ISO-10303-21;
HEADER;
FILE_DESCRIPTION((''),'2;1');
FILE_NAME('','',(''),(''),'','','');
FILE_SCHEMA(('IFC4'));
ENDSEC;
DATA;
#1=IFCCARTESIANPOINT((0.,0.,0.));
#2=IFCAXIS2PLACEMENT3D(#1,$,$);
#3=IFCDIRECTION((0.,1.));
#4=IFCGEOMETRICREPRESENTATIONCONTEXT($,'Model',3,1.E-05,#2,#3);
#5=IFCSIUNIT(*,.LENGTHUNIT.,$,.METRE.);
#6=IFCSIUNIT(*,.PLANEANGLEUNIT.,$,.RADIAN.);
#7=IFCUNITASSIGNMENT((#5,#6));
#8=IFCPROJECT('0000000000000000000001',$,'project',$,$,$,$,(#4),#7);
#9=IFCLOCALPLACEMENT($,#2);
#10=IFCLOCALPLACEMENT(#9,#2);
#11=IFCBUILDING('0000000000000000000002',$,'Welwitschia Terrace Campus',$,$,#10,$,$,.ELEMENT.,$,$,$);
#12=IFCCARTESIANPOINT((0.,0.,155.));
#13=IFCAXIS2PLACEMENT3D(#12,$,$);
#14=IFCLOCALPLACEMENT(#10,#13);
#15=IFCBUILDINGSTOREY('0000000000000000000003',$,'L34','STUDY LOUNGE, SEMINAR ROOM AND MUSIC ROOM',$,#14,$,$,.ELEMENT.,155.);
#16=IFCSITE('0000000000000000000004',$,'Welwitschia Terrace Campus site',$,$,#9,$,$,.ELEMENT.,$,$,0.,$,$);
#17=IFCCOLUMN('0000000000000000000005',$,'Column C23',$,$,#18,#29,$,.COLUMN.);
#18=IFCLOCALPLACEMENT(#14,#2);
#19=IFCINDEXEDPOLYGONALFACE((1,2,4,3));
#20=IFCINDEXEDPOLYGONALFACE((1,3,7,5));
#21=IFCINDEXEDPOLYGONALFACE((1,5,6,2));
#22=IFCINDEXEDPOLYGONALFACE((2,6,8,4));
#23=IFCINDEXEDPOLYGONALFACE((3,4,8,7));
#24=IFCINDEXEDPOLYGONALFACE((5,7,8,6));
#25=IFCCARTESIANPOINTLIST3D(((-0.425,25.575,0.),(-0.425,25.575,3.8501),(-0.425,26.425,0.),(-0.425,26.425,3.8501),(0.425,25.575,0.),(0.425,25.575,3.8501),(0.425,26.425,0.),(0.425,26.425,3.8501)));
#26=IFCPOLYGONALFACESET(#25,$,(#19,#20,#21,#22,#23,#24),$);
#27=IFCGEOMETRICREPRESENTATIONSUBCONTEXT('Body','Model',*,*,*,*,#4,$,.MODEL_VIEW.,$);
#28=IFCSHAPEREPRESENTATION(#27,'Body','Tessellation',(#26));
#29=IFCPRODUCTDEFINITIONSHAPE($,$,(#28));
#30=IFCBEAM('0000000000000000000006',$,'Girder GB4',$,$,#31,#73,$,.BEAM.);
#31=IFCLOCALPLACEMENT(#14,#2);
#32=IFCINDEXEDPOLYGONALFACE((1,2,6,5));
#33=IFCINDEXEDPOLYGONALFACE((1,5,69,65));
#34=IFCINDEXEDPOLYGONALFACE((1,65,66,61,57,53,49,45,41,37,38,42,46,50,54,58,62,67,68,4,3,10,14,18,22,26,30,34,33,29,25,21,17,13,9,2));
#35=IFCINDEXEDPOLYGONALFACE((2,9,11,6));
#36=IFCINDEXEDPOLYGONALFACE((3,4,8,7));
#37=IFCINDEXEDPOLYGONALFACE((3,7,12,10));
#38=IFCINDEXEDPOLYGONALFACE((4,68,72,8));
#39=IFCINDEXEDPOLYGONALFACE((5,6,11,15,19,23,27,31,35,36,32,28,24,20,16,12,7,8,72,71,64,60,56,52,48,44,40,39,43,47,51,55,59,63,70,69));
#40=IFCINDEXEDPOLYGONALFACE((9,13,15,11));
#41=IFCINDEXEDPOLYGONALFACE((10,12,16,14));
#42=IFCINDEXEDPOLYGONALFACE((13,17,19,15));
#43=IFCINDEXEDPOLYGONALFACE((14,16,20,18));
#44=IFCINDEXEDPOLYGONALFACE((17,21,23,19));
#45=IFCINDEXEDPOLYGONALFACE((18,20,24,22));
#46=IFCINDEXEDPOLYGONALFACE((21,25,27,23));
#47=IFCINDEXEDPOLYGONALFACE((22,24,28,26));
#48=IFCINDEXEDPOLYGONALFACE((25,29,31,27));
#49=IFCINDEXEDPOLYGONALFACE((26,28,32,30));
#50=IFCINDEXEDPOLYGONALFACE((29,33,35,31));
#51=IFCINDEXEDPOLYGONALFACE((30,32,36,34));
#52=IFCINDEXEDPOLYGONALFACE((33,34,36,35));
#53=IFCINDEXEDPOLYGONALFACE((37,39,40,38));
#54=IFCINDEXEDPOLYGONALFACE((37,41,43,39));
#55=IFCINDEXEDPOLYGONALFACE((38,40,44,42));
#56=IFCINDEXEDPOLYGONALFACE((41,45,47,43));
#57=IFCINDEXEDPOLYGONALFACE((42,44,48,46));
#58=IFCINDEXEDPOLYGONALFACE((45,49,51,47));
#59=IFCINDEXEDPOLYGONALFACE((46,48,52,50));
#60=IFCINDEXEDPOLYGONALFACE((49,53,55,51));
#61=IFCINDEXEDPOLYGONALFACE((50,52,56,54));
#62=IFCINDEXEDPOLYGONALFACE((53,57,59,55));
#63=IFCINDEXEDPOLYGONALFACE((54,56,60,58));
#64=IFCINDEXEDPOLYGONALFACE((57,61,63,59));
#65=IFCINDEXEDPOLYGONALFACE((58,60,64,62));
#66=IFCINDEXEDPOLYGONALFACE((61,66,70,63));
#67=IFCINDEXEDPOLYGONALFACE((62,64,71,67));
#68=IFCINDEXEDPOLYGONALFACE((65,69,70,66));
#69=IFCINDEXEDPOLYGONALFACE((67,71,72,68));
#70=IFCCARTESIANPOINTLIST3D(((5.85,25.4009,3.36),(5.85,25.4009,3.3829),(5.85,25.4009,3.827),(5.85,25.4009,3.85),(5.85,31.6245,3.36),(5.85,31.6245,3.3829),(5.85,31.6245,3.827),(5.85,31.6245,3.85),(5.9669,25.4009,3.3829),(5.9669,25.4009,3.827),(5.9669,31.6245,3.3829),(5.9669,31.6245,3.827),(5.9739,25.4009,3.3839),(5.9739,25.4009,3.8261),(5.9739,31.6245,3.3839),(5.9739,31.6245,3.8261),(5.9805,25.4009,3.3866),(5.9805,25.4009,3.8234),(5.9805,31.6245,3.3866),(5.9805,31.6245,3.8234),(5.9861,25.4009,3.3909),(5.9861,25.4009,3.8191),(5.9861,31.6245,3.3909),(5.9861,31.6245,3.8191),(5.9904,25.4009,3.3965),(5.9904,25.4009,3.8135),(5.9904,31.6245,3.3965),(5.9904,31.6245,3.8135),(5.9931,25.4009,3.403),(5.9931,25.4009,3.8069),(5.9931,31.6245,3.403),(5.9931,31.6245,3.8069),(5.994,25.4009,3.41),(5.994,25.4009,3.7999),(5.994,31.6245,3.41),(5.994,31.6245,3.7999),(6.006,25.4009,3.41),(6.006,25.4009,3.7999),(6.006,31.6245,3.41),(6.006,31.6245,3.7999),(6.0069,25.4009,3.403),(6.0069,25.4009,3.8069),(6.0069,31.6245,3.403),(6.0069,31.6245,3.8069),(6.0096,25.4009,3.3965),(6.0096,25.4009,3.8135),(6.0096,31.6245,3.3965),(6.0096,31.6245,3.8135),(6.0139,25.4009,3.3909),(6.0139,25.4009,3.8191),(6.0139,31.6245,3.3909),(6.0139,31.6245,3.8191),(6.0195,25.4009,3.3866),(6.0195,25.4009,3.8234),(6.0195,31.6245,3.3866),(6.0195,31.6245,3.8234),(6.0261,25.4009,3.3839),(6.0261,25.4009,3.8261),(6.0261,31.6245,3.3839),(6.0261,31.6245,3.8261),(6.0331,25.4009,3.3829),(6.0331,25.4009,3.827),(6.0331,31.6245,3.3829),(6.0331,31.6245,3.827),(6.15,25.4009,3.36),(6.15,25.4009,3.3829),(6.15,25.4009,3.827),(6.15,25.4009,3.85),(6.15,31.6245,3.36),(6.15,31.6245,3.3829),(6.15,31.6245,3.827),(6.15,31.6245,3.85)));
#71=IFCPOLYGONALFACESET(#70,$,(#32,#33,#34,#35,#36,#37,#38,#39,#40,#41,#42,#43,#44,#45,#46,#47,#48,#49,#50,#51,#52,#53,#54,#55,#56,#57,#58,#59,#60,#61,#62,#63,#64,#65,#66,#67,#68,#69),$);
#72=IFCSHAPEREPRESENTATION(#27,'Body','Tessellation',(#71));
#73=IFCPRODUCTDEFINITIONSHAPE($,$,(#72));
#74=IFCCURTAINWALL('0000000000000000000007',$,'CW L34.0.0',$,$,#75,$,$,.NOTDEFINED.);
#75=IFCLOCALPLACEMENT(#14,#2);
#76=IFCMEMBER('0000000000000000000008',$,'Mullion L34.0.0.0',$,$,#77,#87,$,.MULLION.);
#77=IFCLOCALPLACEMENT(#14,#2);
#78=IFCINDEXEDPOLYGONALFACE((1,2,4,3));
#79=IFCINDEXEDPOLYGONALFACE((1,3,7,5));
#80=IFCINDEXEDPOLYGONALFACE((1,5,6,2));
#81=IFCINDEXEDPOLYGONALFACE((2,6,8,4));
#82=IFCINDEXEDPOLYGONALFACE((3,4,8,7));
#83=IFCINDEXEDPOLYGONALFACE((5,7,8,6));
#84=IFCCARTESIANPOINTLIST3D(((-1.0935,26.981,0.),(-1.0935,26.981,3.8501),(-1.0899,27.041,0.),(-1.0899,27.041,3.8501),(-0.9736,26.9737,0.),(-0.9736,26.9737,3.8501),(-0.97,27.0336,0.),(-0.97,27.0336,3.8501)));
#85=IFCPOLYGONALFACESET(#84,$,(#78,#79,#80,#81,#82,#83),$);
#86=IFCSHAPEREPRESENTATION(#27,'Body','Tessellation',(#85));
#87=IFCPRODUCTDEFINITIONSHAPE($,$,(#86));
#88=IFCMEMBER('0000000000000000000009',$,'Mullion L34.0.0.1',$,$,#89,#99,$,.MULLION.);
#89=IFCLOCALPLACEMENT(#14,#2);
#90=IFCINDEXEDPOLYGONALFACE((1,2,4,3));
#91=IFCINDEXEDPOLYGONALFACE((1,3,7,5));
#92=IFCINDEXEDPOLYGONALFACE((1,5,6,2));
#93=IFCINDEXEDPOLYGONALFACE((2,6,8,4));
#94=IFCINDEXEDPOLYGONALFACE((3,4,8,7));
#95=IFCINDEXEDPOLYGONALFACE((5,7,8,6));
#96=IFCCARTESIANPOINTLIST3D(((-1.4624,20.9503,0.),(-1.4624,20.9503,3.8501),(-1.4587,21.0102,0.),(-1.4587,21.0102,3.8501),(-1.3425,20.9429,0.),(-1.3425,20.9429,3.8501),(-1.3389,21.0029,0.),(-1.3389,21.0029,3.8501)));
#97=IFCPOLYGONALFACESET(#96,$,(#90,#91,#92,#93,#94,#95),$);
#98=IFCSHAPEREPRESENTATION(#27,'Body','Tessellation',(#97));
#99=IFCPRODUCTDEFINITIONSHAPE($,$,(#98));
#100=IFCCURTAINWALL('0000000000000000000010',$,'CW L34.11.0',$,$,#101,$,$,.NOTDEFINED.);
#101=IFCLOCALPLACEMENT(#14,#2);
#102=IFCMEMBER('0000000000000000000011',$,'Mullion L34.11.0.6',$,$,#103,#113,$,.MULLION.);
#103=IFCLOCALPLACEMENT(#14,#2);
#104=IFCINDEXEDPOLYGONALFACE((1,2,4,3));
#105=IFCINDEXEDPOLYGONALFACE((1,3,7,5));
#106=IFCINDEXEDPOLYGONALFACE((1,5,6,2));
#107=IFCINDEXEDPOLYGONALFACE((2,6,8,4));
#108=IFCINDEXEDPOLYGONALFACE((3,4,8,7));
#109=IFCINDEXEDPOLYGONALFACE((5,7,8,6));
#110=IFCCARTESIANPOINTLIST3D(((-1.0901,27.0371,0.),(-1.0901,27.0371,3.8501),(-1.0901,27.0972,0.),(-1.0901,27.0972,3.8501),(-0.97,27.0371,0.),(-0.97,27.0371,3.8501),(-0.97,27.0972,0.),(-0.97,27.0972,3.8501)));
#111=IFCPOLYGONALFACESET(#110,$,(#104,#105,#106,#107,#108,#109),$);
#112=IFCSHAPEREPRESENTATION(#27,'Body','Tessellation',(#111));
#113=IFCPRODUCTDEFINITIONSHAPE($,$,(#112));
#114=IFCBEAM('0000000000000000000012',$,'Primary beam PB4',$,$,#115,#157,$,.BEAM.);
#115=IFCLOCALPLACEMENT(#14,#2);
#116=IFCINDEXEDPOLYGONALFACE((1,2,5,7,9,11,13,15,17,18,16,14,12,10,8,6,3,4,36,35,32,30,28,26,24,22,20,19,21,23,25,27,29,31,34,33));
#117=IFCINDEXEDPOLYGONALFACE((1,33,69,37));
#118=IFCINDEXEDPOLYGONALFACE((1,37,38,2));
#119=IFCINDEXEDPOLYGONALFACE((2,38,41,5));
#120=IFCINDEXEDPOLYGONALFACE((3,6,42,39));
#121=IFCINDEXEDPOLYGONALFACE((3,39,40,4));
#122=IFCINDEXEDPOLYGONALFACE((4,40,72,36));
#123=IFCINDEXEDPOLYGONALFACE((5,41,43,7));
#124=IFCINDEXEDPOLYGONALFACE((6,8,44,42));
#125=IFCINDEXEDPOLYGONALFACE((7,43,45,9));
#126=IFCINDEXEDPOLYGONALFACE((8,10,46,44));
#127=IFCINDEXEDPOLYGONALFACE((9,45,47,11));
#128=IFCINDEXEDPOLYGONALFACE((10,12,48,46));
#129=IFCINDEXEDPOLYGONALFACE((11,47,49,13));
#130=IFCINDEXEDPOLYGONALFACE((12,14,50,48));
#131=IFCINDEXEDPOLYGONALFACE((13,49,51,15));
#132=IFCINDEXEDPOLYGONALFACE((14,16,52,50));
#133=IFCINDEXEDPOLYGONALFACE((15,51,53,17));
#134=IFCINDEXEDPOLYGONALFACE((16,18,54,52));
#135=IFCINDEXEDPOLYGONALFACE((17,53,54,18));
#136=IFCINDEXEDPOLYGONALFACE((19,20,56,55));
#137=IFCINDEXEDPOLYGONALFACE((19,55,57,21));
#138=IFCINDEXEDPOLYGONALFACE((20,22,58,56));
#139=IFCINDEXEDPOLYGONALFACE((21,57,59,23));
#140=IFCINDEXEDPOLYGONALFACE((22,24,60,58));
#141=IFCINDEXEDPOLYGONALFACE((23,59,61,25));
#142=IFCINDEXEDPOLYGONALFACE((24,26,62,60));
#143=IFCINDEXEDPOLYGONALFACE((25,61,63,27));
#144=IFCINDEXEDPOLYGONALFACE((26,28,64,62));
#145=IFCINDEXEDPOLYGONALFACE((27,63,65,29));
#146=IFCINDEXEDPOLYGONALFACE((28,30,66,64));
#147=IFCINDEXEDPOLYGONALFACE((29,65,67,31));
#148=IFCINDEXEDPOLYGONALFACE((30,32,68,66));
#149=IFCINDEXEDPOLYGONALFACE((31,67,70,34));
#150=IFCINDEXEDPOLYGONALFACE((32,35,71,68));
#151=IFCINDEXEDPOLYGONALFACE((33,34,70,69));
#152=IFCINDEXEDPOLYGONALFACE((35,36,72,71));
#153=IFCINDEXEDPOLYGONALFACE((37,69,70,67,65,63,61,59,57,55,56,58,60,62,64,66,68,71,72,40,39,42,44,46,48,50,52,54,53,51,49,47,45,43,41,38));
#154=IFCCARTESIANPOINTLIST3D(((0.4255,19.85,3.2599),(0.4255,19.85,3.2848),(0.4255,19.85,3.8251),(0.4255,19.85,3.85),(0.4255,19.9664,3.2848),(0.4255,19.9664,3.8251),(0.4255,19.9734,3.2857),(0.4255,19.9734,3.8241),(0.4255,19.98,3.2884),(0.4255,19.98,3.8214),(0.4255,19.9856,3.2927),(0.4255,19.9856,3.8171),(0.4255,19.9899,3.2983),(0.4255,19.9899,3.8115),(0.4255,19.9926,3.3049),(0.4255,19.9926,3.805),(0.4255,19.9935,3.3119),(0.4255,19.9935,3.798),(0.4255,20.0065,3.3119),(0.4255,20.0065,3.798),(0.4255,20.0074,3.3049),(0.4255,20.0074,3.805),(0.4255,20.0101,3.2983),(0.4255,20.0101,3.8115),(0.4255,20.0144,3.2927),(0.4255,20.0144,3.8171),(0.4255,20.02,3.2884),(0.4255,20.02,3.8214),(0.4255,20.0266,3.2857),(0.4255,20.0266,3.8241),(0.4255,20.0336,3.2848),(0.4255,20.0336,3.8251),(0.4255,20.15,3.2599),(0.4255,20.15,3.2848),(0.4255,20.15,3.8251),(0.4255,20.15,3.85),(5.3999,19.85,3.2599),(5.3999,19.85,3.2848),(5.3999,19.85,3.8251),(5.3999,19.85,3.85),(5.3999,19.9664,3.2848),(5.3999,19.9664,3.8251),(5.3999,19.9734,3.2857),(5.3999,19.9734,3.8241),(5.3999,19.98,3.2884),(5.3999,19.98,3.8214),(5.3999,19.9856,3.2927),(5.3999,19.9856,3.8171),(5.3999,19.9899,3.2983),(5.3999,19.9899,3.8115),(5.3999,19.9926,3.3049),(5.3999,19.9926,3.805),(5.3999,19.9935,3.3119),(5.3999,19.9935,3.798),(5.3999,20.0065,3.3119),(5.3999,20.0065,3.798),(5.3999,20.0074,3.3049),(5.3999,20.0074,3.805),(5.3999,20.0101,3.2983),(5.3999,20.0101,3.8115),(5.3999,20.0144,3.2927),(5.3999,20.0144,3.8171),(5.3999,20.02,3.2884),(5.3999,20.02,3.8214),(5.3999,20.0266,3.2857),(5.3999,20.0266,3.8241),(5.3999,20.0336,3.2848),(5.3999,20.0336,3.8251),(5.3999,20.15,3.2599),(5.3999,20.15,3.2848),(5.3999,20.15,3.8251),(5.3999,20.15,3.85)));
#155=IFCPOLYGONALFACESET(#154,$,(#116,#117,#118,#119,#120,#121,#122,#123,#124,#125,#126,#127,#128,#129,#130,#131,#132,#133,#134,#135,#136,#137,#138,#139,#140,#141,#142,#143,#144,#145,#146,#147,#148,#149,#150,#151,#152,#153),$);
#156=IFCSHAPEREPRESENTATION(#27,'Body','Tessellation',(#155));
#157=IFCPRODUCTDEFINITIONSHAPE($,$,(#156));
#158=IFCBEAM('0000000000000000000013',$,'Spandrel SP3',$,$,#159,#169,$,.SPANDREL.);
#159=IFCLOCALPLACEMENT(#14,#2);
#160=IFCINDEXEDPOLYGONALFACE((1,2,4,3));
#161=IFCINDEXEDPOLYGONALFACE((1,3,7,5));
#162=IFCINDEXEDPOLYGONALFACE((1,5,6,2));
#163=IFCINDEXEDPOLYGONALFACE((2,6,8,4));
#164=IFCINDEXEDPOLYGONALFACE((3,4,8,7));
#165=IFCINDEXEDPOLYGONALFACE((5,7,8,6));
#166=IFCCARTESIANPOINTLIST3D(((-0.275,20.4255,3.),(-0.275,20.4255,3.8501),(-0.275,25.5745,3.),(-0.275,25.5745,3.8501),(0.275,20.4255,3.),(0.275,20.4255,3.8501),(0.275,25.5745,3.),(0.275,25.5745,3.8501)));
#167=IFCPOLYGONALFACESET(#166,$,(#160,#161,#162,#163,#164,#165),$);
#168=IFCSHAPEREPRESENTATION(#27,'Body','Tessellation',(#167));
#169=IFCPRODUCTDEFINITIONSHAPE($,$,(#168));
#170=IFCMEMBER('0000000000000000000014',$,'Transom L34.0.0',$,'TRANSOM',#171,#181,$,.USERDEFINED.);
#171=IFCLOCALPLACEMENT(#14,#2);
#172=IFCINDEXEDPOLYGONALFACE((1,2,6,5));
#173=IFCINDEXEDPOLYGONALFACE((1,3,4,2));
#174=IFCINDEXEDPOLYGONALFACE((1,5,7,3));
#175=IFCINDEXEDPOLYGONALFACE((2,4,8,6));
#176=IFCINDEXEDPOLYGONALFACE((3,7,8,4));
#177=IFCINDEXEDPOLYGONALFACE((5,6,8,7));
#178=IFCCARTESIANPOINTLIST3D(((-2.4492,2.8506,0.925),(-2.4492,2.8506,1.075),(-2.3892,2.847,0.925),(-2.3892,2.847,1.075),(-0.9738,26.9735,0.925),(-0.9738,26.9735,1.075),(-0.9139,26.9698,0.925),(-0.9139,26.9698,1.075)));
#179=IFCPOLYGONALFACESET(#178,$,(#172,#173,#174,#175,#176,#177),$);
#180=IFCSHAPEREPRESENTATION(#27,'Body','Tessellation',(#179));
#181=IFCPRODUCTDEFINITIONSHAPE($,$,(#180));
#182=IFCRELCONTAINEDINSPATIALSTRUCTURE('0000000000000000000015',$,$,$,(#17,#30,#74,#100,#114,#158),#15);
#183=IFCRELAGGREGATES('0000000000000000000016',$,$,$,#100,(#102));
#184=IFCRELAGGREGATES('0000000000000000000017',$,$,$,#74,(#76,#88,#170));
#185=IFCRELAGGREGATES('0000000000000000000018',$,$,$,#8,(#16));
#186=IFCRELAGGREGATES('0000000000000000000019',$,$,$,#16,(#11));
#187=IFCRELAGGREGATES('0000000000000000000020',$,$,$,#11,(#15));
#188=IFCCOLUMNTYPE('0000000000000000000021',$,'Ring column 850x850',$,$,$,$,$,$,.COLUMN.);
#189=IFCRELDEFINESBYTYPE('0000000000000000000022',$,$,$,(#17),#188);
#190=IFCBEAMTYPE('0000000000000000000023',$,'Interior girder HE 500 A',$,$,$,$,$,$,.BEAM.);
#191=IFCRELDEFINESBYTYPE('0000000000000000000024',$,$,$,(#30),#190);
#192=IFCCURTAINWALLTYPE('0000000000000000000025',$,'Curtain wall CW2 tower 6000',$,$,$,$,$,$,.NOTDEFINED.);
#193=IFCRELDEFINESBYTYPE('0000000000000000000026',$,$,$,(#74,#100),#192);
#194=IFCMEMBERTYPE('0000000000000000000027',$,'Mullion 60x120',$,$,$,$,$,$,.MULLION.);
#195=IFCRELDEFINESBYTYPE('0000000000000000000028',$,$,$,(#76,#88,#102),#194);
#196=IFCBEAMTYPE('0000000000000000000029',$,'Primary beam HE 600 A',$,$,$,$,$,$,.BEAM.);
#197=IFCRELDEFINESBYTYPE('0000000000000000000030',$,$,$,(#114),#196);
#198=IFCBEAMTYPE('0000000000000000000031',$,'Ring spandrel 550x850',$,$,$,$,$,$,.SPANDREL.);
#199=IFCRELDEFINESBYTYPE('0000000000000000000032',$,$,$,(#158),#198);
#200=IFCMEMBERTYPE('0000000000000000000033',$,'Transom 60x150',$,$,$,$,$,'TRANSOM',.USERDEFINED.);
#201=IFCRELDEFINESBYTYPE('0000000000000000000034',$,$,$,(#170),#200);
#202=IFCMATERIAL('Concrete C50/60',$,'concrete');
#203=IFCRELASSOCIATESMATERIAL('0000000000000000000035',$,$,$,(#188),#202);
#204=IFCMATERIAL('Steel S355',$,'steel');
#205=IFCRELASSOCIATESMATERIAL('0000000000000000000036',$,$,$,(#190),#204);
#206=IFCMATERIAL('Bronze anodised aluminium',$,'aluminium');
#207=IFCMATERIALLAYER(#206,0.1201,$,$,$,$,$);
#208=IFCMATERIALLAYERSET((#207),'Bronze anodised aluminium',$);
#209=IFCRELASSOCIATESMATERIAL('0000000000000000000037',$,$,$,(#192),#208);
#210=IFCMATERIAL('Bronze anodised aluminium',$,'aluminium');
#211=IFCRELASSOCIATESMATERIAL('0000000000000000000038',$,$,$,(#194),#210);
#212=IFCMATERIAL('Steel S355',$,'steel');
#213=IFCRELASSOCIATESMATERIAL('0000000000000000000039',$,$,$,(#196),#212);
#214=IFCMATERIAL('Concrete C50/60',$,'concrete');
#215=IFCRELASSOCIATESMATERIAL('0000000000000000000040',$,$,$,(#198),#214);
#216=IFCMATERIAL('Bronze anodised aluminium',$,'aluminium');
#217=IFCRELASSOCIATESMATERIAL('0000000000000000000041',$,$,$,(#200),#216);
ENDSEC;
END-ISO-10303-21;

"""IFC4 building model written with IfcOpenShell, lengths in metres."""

from ifc_helpers import new_model, si_unit, direction, frame, origin, origin_2d, place, context, subcontext, project, spatial, rectangle, i_section, extrude, material, layer, layer_set, material_profile, profile_set, type_object, element, aggregate, save


model = new_model("IFC4")

# Units and contexts
model_context = context("Model", 3, precision=1e-05, world=origin(), true_north=direction((0.0, 1.0)))
body_context = subcontext(model_context, "Body", "Model", "MODEL_VIEW")
ifc_project = project(units=[si_unit("LENGTHUNIT", "METRE"), si_unit("PLANEANGLEUNIT", "RADIAN")], contexts=[model_context])

# Site, building, storey
site_placement = place(None, origin())
site = spatial("IfcSite", under=ifc_project, at=site_placement, Name="Welwitschia Terrace Campus site", CompositionType="ELEMENT", RefElevation=0.0)
building_placement = place(site_placement, origin())
building = spatial("IfcBuilding", under=site, at=building_placement, Name="Welwitschia Terrace Campus", CompositionType="ELEMENT")
storey_placement = place(building_placement, frame((0.0, 0.0, 155.0)))
storey = spatial("IfcBuildingStorey", under=building, at=storey_placement, Name="L34", Description="STUDY LOUNGE, SEMINAR ROOM AND MUSIC ROOM", CompositionType="ELEMENT", Elevation=155.0)

# Column
ifc_material_1 = material(Name="Concrete C50/60", Category="concrete")
ifc_material_profile_1 = material_profile(ifc_material_1, rectangle(XDim=0.8501, YDim=0.8501, at=origin_2d()))
ifc_profile_set_1 = profile_set([ifc_material_profile_1], Name="Concrete C50/60")
column_type = type_object("IfcColumnType", Name="Ring column 850x850", PredefinedType="COLUMN", material=ifc_profile_set_1)
column_placement = place(storey_placement, frame((0.0, 26.0, 0.0), z_axis=(0.0, 0.0, 1.0), x_axis=(1.0, 0.0, 0.0)))
element("IfcColumn", 1, at=column_placement, inside=storey, type_object=column_type, Name="Column C23", PredefinedType="COLUMN", context=body_context, shape_type="SweptSolid", body=[
    extrude(rectangle(XDim=0.8501, YDim=0.8501, at=origin_2d()), origin(), (0.0, 0.0, 1.0), 3.8501),
])

# Beam
ifc_material_2 = material(Name="Steel S355", Category="steel")
ifc_material_profile_2 = material_profile(ifc_material_2, i_section(OverallWidth=0.3, OverallDepth=0.49, WebThickness=0.012, FlangeThickness=0.0229, FilletRadius=0.0271, at=origin_2d()))
ifc_profile_set_2 = profile_set([ifc_material_profile_2], Name="Steel S355")
beam_type_1 = type_object("IfcBeamType", Name="Interior girder HE 500 A", PredefinedType="BEAM", material=ifc_profile_set_2)
beam_1_placement = place(storey_placement, frame((6.0, 25.4009, 3.605), z_axis=(0.0, 1.0, 0.0), x_axis=(-1.0, 0.0, 0.0)))
element("IfcBeam", 2, at=beam_1_placement, inside=storey, type_object=beam_type_1, Name="Girder GB4", PredefinedType="BEAM", context=body_context, shape_type="SweptSolid", body=[
    extrude(i_section(OverallWidth=0.3, OverallDepth=0.49, WebThickness=0.012, FlangeThickness=0.0229, FilletRadius=0.0271, at=origin_2d()), origin(), (0.0, 0.0, 1.0), 6.2236),
])

# Curtain wall, members
ifc_material_3 = material(Name="Bronze anodised aluminium", Category="aluminium")
ifc_layer_1 = layer(ifc_material_3, 0.1201)
ifc_layer_set_1 = layer_set([ifc_layer_1], Name="Bronze anodised aluminium")
curtain_wall_type = type_object("IfcCurtainWallType", Name="Curtain wall CW2 tower 6000", PredefinedType="NOTDEFINED", material=ifc_layer_set_1)
curtain_wall_1_placement = place(storey_placement, origin())
curtain_wall_1 = element("IfcCurtainWall", 3, at=curtain_wall_1_placement, inside=storey, type_object=curtain_wall_type, Name="CW L34.0.0", PredefinedType="NOTDEFINED")
ifc_material_4 = material(Name="Bronze anodised aluminium", Category="aluminium")
ifc_material_profile_3 = material_profile(ifc_material_4, rectangle(XDim=0.1201, YDim=0.0601, at=origin_2d()))
ifc_profile_set_3 = profile_set([ifc_material_profile_3], Name="Bronze anodised aluminium")
member_type_1 = type_object("IfcMemberType", Name="Mullion 60x120", PredefinedType="MULLION", material=ifc_profile_set_3)
member_1_placement = place(storey_placement, frame((-1.0317, 27.0073, 0.0), z_axis=(0.0, 0.0, 1.0), x_axis=(0.998135, -0.061049, 0.0)))
member_1 = element("IfcMember", 4, at=member_1_placement, type_object=member_type_1, Name="Mullion L34.0.0.0", PredefinedType="MULLION", context=body_context, shape_type="SweptSolid", body=[
    extrude(rectangle(XDim=0.1201, YDim=0.0601, at=origin_2d()), origin(), (0.0, 0.0, 1.0), 3.8501),
])
member_2_placement = place(storey_placement, frame((-1.4006, 20.9766, 0.0), z_axis=(0.0, 0.0, 1.0), x_axis=(0.998135, -0.061049, 0.0)))
member_2 = element("IfcMember", 5, at=member_2_placement, type_object=member_type_1, Name="Mullion L34.0.0.1", PredefinedType="MULLION", context=body_context, shape_type="SweptSolid", body=[
    extrude(rectangle(XDim=0.1201, YDim=0.0601, at=origin_2d()), origin(), (0.0, 0.0, 1.0), 3.8501),
])

# Curtain wall, member
curtain_wall_2_placement = place(storey_placement, origin())
curtain_wall_2 = element("IfcCurtainWall", 6, at=curtain_wall_2_placement, inside=storey, type_object=curtain_wall_type, Name="CW L34.11.0", PredefinedType="NOTDEFINED")
member_3_placement = place(storey_placement, frame((-1.03, 27.0671, 0.0), z_axis=(0.0, 0.0, 1.0), x_axis=(1.0, 0.0, 0.0)))
member_3 = element("IfcMember", 7, at=member_3_placement, type_object=member_type_1, Name="Mullion L34.11.0.6", PredefinedType="MULLION", context=body_context, shape_type="SweptSolid", body=[
    extrude(rectangle(XDim=0.1201, YDim=0.0601, at=origin_2d()), origin(), (0.0, 0.0, 1.0), 3.8501),
])
aggregate(curtain_wall_2, [member_3])

# Beams
ifc_material_5 = material(Name="Steel S355", Category="steel")
ifc_material_profile_4 = material_profile(ifc_material_5, i_section(OverallWidth=0.3, OverallDepth=0.5901, WebThickness=0.0129, FlangeThickness=0.0249, FilletRadius=0.0271, at=origin_2d()))
ifc_profile_set_4 = profile_set([ifc_material_profile_4], Name="Steel S355")
beam_type_2 = type_object("IfcBeamType", Name="Primary beam HE 600 A", PredefinedType="BEAM", material=ifc_profile_set_4)
beam_2_placement = place(storey_placement, frame((0.4255, 20.0, 3.5549), z_axis=(1.0, 0.0, 0.0), x_axis=(0.0, 1.0, 0.0)))
element("IfcBeam", 8, at=beam_2_placement, inside=storey, type_object=beam_type_2, Name="Primary beam PB4", PredefinedType="BEAM", context=body_context, shape_type="SweptSolid", body=[
    extrude(i_section(OverallWidth=0.3, OverallDepth=0.5901, WebThickness=0.0129, FlangeThickness=0.0249, FilletRadius=0.0271, at=origin_2d()), origin(), (0.0, 0.0, 1.0), 4.9744),
])
ifc_material_6 = material(Name="Concrete C50/60", Category="concrete")
ifc_material_profile_5 = material_profile(ifc_material_6, rectangle(XDim=0.55, YDim=0.8501, at=origin_2d()))
ifc_profile_set_5 = profile_set([ifc_material_profile_5], Name="Concrete C50/60")
beam_type_3 = type_object("IfcBeamType", Name="Ring spandrel 550x850", PredefinedType="SPANDREL", material=ifc_profile_set_5)
beam_3_placement = place(storey_placement, frame((0.0, 25.5745, 3.425), z_axis=(0.0, -1.0, 0.0), x_axis=(1.0, 0.0, 0.0)))
element("IfcBeam", 9, at=beam_3_placement, inside=storey, type_object=beam_type_3, Name="Spandrel SP3", PredefinedType="SPANDREL", context=body_context, shape_type="SweptSolid", body=[
    extrude(rectangle(XDim=0.55, YDim=0.8501, at=origin_2d()), origin(), (0.0, 0.0, 1.0), 5.1489),
])

# Member
ifc_material_7 = material(Name="Bronze anodised aluminium", Category="aluminium")
ifc_material_profile_6 = material_profile(ifc_material_7, rectangle(XDim=0.0601, YDim=0.1499, at=origin_2d()))
ifc_profile_set_6 = profile_set([ifc_material_profile_6], Name="Bronze anodised aluminium")
member_type_2 = type_object("IfcMemberType", Name="Transom 60x150", ElementType="TRANSOM", PredefinedType="USERDEFINED", material=ifc_profile_set_6)
member_4_placement = place(storey_placement, frame((-0.9438, 26.9717, 1.0), z_axis=(-0.061046, -0.998135, 0.0), x_axis=(0.998135, -0.061046, 0.0)))
member_4 = element("IfcMember", 10, at=member_4_placement, type_object=member_type_2, Name="Transom L34.0.0", ObjectType="TRANSOM", PredefinedType="USERDEFINED", context=body_context, shape_type="SweptSolid", body=[
    extrude(rectangle(XDim=0.0601, YDim=0.1499, at=origin_2d()), origin(), (0.0, 0.0, 1.0), 24.168),
])

aggregate(curtain_wall_1, [member_1, member_2, member_4])

save(model, "model.ifc")
